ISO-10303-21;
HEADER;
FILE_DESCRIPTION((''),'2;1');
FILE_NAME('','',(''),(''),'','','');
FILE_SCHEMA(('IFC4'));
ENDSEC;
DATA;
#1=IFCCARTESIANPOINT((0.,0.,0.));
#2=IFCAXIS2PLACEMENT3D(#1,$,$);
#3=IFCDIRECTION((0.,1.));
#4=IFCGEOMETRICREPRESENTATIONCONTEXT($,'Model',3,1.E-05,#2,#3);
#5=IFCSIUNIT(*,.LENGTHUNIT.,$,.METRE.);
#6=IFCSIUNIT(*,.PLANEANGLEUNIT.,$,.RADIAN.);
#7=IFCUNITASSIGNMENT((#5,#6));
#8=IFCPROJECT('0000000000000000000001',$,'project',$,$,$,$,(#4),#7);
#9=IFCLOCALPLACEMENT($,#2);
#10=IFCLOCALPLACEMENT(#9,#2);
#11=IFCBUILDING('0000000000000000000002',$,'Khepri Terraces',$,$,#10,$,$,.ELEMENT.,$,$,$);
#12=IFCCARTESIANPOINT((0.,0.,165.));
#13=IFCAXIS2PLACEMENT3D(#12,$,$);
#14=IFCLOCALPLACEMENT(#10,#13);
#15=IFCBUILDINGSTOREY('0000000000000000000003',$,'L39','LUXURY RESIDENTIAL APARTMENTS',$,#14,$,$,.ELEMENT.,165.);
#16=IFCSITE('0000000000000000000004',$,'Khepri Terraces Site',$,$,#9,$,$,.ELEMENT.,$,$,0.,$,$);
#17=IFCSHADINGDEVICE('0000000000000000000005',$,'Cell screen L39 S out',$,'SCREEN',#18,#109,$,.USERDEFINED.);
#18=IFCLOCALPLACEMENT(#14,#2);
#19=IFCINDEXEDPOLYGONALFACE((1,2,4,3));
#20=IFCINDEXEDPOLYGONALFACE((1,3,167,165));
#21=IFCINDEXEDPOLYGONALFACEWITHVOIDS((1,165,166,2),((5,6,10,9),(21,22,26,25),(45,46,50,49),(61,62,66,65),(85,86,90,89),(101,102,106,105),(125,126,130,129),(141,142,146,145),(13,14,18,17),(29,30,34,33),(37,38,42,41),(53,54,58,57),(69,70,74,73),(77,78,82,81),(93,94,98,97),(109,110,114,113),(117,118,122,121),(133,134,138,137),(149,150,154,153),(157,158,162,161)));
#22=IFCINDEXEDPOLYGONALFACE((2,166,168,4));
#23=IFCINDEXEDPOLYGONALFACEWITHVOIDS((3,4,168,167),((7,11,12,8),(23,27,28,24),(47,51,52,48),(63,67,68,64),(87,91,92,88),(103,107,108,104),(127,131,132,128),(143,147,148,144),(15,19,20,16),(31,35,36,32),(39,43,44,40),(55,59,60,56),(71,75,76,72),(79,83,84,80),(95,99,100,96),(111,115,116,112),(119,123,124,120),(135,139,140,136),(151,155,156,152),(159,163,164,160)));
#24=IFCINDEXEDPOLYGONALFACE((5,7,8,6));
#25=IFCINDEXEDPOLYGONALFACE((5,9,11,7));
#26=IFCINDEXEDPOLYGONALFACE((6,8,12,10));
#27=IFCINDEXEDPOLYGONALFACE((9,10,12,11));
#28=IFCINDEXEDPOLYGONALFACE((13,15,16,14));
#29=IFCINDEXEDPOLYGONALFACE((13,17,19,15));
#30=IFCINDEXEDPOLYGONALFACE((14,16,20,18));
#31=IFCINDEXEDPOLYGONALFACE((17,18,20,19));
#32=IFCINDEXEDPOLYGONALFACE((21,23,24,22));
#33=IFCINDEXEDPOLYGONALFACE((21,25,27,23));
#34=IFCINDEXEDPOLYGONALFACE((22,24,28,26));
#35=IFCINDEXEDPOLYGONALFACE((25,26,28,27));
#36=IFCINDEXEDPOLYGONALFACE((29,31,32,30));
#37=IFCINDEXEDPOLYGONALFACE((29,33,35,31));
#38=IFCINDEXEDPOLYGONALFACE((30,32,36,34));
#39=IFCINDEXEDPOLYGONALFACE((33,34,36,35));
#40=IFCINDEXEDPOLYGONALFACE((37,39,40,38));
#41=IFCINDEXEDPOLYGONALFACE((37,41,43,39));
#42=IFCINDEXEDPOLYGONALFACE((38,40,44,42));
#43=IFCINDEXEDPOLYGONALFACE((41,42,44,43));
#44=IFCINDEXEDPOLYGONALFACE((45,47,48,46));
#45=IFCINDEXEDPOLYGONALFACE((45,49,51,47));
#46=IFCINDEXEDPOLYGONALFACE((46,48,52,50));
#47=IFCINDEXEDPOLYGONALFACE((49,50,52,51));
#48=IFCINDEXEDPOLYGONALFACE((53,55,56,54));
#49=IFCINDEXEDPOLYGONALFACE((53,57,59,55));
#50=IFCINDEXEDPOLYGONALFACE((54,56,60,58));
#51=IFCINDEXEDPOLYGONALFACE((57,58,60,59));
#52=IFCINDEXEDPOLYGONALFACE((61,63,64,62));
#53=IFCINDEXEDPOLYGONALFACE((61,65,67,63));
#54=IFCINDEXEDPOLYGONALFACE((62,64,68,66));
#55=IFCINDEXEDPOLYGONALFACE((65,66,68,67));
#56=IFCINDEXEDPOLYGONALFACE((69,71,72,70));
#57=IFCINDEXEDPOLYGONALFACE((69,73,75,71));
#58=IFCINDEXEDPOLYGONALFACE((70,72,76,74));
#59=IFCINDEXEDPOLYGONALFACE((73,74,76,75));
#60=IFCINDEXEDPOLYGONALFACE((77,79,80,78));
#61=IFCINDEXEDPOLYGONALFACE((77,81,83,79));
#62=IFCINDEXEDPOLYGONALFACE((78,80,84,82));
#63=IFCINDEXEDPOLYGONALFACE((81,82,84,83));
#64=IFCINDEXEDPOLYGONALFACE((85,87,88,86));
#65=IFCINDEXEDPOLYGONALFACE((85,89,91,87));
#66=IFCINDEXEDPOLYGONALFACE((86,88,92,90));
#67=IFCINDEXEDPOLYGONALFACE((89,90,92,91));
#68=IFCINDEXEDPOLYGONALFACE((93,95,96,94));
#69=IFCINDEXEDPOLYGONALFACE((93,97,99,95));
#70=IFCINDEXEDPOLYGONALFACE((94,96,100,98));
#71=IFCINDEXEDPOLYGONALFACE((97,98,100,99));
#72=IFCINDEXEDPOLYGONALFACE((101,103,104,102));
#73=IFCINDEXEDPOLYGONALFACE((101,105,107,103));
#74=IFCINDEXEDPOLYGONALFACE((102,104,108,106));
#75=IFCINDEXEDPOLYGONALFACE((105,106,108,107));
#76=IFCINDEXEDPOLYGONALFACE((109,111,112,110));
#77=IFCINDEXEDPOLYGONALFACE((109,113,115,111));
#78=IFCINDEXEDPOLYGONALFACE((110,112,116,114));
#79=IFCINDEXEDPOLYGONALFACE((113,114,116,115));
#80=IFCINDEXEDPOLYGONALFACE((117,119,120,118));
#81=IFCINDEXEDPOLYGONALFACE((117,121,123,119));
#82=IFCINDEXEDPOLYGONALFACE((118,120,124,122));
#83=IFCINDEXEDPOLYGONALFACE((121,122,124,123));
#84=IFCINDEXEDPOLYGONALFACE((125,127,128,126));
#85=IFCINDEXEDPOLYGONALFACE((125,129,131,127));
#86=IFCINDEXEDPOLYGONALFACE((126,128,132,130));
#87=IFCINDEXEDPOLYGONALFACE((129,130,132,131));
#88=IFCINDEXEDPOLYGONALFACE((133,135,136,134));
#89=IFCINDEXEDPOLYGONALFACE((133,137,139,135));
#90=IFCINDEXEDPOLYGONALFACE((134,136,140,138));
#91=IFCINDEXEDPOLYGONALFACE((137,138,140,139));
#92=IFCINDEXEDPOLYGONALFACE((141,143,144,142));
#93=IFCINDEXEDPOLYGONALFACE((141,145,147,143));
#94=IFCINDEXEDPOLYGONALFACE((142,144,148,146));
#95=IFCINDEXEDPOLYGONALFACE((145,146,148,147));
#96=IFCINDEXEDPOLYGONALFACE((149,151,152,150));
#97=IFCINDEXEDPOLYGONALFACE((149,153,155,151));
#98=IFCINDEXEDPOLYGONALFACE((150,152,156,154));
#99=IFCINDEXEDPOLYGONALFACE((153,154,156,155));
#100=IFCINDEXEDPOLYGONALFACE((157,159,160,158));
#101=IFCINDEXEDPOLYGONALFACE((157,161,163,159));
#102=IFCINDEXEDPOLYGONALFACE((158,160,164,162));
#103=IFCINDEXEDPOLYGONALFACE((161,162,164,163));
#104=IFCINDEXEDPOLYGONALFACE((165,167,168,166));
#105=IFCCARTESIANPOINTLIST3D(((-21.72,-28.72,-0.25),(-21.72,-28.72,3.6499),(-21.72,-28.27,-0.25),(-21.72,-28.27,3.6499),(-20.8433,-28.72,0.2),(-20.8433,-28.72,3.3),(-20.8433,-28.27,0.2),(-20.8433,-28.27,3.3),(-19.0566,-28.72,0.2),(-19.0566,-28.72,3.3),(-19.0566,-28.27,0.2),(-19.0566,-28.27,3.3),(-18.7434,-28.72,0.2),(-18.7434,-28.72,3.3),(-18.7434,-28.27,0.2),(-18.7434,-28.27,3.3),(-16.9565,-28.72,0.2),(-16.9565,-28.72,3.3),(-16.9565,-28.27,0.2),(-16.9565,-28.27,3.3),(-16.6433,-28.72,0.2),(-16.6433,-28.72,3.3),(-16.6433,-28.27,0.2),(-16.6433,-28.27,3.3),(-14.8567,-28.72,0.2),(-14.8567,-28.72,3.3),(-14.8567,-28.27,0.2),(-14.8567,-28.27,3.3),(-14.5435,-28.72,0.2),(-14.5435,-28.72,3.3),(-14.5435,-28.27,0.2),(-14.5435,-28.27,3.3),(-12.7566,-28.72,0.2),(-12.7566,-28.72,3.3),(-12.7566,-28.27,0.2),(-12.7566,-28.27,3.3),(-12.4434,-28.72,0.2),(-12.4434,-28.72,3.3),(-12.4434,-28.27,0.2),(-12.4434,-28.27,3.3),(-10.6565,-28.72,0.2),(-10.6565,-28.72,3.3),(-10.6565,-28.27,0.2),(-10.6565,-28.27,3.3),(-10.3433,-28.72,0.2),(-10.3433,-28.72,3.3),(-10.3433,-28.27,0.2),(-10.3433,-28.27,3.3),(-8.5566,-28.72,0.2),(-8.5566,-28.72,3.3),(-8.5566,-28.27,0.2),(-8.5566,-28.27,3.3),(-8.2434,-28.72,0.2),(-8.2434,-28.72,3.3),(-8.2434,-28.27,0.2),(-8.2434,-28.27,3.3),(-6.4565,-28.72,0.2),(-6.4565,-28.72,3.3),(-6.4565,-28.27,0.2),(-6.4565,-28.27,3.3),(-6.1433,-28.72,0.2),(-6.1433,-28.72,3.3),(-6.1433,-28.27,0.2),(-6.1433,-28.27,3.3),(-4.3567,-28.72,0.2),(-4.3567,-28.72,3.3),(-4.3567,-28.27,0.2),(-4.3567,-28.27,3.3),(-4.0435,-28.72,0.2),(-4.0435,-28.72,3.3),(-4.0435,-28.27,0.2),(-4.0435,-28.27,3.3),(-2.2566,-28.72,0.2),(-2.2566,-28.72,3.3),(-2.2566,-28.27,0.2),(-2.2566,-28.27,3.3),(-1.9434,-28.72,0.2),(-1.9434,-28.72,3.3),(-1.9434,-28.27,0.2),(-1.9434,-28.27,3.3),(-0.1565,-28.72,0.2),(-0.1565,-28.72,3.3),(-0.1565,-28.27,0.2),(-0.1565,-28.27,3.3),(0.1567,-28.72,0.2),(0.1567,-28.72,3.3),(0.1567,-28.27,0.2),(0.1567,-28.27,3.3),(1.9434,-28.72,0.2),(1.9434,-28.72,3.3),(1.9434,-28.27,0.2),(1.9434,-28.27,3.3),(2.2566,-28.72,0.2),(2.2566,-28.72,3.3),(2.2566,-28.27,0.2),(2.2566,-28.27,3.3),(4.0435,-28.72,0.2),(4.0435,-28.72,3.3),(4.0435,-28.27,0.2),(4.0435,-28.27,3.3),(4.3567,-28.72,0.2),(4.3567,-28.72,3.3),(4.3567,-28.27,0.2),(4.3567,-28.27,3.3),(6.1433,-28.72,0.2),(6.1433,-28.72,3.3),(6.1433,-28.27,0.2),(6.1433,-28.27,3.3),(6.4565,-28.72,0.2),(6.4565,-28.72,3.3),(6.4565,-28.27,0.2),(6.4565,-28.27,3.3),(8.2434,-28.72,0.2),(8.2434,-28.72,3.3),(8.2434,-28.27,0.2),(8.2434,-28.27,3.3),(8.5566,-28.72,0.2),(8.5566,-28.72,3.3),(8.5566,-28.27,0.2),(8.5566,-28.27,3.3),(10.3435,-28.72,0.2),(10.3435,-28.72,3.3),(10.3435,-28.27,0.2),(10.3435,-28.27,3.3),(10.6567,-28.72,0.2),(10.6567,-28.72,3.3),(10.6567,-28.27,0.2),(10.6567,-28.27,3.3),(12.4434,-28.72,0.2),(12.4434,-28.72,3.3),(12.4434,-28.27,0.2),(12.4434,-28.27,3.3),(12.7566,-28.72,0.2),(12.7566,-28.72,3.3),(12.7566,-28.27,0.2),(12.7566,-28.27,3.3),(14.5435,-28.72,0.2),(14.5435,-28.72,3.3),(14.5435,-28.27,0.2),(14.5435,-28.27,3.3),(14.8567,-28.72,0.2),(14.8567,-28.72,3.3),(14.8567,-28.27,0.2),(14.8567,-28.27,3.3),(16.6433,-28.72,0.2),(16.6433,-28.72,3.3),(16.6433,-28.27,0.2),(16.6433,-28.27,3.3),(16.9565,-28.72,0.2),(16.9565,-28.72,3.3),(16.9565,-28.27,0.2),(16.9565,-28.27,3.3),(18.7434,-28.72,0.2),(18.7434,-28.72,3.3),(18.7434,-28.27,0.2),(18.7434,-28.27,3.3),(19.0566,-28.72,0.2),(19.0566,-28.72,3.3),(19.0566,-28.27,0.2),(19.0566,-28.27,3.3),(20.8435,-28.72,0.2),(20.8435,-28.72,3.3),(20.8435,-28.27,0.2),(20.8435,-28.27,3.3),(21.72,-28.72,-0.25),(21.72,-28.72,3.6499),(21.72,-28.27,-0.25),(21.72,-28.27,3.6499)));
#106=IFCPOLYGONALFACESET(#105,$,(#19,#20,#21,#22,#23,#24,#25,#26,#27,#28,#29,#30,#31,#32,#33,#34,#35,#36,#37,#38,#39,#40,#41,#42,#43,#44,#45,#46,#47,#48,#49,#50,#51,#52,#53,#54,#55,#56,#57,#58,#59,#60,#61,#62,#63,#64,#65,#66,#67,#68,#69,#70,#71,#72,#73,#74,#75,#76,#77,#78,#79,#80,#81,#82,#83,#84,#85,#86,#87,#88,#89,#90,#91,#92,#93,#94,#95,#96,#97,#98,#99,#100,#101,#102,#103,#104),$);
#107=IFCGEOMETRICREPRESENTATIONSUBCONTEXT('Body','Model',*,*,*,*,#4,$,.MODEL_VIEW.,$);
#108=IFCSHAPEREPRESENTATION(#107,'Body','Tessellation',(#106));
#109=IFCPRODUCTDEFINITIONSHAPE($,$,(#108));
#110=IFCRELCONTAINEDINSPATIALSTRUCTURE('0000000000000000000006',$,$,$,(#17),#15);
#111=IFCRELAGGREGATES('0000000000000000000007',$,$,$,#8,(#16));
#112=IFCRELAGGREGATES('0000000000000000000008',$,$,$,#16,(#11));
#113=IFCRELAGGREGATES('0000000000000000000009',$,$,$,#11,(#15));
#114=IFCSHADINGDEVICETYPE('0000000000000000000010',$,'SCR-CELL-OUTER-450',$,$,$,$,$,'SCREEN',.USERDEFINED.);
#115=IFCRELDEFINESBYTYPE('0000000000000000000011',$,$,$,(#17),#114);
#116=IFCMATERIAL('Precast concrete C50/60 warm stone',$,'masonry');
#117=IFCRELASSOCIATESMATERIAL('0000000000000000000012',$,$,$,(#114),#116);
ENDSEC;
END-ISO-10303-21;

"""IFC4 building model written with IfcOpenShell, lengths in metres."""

from ifc_helpers import new_model, si_unit, direction, frame, origin, place, context, subcontext, project, spatial, polyline, outline, extrude, material, type_object, element, save


model = new_model("IFC4")

# Units and contexts
model_context = context("Model", 3, precision=1e-05, world=origin(), true_north=direction((0.0, 1.0)))
body_context = subcontext(model_context, "Body", "Model", "MODEL_VIEW")
ifc_project = project(units=[si_unit("LENGTHUNIT", "METRE"), si_unit("PLANEANGLEUNIT", "RADIAN")], contexts=[model_context])

# Site, building, storey
site_placement = place(None, origin())
site = spatial("IfcSite", under=ifc_project, at=site_placement, Name="Khepri Terraces Site", CompositionType="ELEMENT", RefElevation=0.0)
building_placement = place(site_placement, origin())
building = spatial("IfcBuilding", under=site, at=building_placement, Name="Khepri Terraces", CompositionType="ELEMENT")
storey_placement = place(building_placement, frame((0.0, 0.0, 165.0)))
storey = spatial("IfcBuildingStorey", under=building, at=storey_placement, Name="L39", Description="LUXURY RESIDENTIAL APARTMENTS", CompositionType="ELEMENT", Elevation=165.0)

# Shared definitions
ifc_material_1 = material(Name="Precast concrete C50/60 warm stone", Category="masonry")

# Shading device
shading_device_type_1 = type_object("IfcShadingDeviceType", Name="SCR-CELL-OUTER-450", ElementType="SCREEN", PredefinedType="USERDEFINED", material=ifc_material_1)
shading_device_1_placement = place(storey_placement, frame((-21.72, -28.27, -0.25), z_axis=(0.0, -1.0, 0.0), x_axis=(1.0, 0.0, 0.0)))
element("IfcShadingDevice", 1, at=shading_device_1_placement, inside=storey, type_object=shading_device_type_1, Name="Cell screen L39 S out", ObjectType="SCREEN", PredefinedType="USERDEFINED", context=body_context, shape_type="SweptSolid", body=[
    extrude(outline(polyline([(0.0, 0.0), (43.4399, 0.0), (43.4399, 3.8999), (0.0, 3.8999), (0.0, 0.0)]), holes=[polyline([(0.8767, 0.45), (2.6633, 0.45), (2.6633, 3.55), (0.8767, 3.55), (0.8767, 0.45)]), polyline([(2.9766, 0.45), (4.7634, 0.45), (4.7634, 3.55), (2.9766, 3.55), (2.9766, 0.45)]), polyline([(5.0767, 0.45), (6.8633, 0.45), (6.8633, 3.55), (5.0767, 3.55), (5.0767, 0.45)]), polyline([(7.1765, 0.45), (8.9634, 0.45), (8.9634, 3.55), (7.1765, 3.55), (7.1765, 0.45)]), polyline([(9.2766, 0.45), (11.0635, 0.45), (11.0635, 3.55), (9.2766, 3.55), (9.2766, 0.45)]), polyline([(11.3767, 0.45), (13.1633, 0.45), (13.1633, 3.55), (11.3767, 3.55), (11.3767, 0.45)]), polyline([(13.4766, 0.45), (15.2634, 0.45), (15.2634, 3.55), (13.4766, 3.55), (13.4766, 0.45)]), polyline([(15.5767, 0.45), (17.3633, 0.45), (17.3633, 3.55), (15.5767, 3.55), (15.5767, 0.45)]), polyline([(17.6765, 0.45), (19.4634, 0.45), (19.4634, 3.55), (17.6765, 3.55), (17.6765, 0.45)]), polyline([(19.7766, 0.45), (21.5635, 0.45), (21.5635, 3.55), (19.7766, 3.55), (19.7766, 0.45)]), polyline([(21.8767, 0.45), (23.6633, 0.45), (23.6633, 3.55), (21.8767, 3.55), (21.8767, 0.45)]), polyline([(23.9766, 0.45), (25.7634, 0.45), (25.7634, 3.55), (23.9766, 3.55), (23.9766, 0.45)]), polyline([(26.0767, 0.45), (27.8633, 0.45), (27.8633, 3.55), (26.0767, 3.55), (26.0767, 0.45)]), polyline([(28.1765, 0.45), (29.9634, 0.45), (29.9634, 3.55), (28.1765, 3.55), (28.1765, 0.45)]), polyline([(30.2766, 0.45), (32.0635, 0.45), (32.0635, 3.55), (30.2766, 3.55), (30.2766, 0.45)]), polyline([(32.3767, 0.45), (34.1633, 0.45), (34.1633, 3.55), (32.3767, 3.55), (32.3767, 0.45)]), polyline([(34.4766, 0.45), (36.2634, 0.45), (36.2634, 3.55), (34.4766, 3.55), (34.4766, 0.45)]), polyline([(36.5767, 0.45), (38.3633, 0.45), (38.3633, 3.55), (36.5767, 3.55), (36.5767, 0.45)]), polyline([(38.6765, 0.45), (40.4634, 0.45), (40.4634, 3.55), (38.6765, 3.55), (38.6765, 0.45)]), polyline([(40.7766, 0.45), (42.5635, 0.45), (42.5635, 3.55), (40.7766, 3.55), (40.7766, 0.45)])]), origin(), (0.0, 0.0, 1.0), 0.45),
])

save(model, "model.ifc")
